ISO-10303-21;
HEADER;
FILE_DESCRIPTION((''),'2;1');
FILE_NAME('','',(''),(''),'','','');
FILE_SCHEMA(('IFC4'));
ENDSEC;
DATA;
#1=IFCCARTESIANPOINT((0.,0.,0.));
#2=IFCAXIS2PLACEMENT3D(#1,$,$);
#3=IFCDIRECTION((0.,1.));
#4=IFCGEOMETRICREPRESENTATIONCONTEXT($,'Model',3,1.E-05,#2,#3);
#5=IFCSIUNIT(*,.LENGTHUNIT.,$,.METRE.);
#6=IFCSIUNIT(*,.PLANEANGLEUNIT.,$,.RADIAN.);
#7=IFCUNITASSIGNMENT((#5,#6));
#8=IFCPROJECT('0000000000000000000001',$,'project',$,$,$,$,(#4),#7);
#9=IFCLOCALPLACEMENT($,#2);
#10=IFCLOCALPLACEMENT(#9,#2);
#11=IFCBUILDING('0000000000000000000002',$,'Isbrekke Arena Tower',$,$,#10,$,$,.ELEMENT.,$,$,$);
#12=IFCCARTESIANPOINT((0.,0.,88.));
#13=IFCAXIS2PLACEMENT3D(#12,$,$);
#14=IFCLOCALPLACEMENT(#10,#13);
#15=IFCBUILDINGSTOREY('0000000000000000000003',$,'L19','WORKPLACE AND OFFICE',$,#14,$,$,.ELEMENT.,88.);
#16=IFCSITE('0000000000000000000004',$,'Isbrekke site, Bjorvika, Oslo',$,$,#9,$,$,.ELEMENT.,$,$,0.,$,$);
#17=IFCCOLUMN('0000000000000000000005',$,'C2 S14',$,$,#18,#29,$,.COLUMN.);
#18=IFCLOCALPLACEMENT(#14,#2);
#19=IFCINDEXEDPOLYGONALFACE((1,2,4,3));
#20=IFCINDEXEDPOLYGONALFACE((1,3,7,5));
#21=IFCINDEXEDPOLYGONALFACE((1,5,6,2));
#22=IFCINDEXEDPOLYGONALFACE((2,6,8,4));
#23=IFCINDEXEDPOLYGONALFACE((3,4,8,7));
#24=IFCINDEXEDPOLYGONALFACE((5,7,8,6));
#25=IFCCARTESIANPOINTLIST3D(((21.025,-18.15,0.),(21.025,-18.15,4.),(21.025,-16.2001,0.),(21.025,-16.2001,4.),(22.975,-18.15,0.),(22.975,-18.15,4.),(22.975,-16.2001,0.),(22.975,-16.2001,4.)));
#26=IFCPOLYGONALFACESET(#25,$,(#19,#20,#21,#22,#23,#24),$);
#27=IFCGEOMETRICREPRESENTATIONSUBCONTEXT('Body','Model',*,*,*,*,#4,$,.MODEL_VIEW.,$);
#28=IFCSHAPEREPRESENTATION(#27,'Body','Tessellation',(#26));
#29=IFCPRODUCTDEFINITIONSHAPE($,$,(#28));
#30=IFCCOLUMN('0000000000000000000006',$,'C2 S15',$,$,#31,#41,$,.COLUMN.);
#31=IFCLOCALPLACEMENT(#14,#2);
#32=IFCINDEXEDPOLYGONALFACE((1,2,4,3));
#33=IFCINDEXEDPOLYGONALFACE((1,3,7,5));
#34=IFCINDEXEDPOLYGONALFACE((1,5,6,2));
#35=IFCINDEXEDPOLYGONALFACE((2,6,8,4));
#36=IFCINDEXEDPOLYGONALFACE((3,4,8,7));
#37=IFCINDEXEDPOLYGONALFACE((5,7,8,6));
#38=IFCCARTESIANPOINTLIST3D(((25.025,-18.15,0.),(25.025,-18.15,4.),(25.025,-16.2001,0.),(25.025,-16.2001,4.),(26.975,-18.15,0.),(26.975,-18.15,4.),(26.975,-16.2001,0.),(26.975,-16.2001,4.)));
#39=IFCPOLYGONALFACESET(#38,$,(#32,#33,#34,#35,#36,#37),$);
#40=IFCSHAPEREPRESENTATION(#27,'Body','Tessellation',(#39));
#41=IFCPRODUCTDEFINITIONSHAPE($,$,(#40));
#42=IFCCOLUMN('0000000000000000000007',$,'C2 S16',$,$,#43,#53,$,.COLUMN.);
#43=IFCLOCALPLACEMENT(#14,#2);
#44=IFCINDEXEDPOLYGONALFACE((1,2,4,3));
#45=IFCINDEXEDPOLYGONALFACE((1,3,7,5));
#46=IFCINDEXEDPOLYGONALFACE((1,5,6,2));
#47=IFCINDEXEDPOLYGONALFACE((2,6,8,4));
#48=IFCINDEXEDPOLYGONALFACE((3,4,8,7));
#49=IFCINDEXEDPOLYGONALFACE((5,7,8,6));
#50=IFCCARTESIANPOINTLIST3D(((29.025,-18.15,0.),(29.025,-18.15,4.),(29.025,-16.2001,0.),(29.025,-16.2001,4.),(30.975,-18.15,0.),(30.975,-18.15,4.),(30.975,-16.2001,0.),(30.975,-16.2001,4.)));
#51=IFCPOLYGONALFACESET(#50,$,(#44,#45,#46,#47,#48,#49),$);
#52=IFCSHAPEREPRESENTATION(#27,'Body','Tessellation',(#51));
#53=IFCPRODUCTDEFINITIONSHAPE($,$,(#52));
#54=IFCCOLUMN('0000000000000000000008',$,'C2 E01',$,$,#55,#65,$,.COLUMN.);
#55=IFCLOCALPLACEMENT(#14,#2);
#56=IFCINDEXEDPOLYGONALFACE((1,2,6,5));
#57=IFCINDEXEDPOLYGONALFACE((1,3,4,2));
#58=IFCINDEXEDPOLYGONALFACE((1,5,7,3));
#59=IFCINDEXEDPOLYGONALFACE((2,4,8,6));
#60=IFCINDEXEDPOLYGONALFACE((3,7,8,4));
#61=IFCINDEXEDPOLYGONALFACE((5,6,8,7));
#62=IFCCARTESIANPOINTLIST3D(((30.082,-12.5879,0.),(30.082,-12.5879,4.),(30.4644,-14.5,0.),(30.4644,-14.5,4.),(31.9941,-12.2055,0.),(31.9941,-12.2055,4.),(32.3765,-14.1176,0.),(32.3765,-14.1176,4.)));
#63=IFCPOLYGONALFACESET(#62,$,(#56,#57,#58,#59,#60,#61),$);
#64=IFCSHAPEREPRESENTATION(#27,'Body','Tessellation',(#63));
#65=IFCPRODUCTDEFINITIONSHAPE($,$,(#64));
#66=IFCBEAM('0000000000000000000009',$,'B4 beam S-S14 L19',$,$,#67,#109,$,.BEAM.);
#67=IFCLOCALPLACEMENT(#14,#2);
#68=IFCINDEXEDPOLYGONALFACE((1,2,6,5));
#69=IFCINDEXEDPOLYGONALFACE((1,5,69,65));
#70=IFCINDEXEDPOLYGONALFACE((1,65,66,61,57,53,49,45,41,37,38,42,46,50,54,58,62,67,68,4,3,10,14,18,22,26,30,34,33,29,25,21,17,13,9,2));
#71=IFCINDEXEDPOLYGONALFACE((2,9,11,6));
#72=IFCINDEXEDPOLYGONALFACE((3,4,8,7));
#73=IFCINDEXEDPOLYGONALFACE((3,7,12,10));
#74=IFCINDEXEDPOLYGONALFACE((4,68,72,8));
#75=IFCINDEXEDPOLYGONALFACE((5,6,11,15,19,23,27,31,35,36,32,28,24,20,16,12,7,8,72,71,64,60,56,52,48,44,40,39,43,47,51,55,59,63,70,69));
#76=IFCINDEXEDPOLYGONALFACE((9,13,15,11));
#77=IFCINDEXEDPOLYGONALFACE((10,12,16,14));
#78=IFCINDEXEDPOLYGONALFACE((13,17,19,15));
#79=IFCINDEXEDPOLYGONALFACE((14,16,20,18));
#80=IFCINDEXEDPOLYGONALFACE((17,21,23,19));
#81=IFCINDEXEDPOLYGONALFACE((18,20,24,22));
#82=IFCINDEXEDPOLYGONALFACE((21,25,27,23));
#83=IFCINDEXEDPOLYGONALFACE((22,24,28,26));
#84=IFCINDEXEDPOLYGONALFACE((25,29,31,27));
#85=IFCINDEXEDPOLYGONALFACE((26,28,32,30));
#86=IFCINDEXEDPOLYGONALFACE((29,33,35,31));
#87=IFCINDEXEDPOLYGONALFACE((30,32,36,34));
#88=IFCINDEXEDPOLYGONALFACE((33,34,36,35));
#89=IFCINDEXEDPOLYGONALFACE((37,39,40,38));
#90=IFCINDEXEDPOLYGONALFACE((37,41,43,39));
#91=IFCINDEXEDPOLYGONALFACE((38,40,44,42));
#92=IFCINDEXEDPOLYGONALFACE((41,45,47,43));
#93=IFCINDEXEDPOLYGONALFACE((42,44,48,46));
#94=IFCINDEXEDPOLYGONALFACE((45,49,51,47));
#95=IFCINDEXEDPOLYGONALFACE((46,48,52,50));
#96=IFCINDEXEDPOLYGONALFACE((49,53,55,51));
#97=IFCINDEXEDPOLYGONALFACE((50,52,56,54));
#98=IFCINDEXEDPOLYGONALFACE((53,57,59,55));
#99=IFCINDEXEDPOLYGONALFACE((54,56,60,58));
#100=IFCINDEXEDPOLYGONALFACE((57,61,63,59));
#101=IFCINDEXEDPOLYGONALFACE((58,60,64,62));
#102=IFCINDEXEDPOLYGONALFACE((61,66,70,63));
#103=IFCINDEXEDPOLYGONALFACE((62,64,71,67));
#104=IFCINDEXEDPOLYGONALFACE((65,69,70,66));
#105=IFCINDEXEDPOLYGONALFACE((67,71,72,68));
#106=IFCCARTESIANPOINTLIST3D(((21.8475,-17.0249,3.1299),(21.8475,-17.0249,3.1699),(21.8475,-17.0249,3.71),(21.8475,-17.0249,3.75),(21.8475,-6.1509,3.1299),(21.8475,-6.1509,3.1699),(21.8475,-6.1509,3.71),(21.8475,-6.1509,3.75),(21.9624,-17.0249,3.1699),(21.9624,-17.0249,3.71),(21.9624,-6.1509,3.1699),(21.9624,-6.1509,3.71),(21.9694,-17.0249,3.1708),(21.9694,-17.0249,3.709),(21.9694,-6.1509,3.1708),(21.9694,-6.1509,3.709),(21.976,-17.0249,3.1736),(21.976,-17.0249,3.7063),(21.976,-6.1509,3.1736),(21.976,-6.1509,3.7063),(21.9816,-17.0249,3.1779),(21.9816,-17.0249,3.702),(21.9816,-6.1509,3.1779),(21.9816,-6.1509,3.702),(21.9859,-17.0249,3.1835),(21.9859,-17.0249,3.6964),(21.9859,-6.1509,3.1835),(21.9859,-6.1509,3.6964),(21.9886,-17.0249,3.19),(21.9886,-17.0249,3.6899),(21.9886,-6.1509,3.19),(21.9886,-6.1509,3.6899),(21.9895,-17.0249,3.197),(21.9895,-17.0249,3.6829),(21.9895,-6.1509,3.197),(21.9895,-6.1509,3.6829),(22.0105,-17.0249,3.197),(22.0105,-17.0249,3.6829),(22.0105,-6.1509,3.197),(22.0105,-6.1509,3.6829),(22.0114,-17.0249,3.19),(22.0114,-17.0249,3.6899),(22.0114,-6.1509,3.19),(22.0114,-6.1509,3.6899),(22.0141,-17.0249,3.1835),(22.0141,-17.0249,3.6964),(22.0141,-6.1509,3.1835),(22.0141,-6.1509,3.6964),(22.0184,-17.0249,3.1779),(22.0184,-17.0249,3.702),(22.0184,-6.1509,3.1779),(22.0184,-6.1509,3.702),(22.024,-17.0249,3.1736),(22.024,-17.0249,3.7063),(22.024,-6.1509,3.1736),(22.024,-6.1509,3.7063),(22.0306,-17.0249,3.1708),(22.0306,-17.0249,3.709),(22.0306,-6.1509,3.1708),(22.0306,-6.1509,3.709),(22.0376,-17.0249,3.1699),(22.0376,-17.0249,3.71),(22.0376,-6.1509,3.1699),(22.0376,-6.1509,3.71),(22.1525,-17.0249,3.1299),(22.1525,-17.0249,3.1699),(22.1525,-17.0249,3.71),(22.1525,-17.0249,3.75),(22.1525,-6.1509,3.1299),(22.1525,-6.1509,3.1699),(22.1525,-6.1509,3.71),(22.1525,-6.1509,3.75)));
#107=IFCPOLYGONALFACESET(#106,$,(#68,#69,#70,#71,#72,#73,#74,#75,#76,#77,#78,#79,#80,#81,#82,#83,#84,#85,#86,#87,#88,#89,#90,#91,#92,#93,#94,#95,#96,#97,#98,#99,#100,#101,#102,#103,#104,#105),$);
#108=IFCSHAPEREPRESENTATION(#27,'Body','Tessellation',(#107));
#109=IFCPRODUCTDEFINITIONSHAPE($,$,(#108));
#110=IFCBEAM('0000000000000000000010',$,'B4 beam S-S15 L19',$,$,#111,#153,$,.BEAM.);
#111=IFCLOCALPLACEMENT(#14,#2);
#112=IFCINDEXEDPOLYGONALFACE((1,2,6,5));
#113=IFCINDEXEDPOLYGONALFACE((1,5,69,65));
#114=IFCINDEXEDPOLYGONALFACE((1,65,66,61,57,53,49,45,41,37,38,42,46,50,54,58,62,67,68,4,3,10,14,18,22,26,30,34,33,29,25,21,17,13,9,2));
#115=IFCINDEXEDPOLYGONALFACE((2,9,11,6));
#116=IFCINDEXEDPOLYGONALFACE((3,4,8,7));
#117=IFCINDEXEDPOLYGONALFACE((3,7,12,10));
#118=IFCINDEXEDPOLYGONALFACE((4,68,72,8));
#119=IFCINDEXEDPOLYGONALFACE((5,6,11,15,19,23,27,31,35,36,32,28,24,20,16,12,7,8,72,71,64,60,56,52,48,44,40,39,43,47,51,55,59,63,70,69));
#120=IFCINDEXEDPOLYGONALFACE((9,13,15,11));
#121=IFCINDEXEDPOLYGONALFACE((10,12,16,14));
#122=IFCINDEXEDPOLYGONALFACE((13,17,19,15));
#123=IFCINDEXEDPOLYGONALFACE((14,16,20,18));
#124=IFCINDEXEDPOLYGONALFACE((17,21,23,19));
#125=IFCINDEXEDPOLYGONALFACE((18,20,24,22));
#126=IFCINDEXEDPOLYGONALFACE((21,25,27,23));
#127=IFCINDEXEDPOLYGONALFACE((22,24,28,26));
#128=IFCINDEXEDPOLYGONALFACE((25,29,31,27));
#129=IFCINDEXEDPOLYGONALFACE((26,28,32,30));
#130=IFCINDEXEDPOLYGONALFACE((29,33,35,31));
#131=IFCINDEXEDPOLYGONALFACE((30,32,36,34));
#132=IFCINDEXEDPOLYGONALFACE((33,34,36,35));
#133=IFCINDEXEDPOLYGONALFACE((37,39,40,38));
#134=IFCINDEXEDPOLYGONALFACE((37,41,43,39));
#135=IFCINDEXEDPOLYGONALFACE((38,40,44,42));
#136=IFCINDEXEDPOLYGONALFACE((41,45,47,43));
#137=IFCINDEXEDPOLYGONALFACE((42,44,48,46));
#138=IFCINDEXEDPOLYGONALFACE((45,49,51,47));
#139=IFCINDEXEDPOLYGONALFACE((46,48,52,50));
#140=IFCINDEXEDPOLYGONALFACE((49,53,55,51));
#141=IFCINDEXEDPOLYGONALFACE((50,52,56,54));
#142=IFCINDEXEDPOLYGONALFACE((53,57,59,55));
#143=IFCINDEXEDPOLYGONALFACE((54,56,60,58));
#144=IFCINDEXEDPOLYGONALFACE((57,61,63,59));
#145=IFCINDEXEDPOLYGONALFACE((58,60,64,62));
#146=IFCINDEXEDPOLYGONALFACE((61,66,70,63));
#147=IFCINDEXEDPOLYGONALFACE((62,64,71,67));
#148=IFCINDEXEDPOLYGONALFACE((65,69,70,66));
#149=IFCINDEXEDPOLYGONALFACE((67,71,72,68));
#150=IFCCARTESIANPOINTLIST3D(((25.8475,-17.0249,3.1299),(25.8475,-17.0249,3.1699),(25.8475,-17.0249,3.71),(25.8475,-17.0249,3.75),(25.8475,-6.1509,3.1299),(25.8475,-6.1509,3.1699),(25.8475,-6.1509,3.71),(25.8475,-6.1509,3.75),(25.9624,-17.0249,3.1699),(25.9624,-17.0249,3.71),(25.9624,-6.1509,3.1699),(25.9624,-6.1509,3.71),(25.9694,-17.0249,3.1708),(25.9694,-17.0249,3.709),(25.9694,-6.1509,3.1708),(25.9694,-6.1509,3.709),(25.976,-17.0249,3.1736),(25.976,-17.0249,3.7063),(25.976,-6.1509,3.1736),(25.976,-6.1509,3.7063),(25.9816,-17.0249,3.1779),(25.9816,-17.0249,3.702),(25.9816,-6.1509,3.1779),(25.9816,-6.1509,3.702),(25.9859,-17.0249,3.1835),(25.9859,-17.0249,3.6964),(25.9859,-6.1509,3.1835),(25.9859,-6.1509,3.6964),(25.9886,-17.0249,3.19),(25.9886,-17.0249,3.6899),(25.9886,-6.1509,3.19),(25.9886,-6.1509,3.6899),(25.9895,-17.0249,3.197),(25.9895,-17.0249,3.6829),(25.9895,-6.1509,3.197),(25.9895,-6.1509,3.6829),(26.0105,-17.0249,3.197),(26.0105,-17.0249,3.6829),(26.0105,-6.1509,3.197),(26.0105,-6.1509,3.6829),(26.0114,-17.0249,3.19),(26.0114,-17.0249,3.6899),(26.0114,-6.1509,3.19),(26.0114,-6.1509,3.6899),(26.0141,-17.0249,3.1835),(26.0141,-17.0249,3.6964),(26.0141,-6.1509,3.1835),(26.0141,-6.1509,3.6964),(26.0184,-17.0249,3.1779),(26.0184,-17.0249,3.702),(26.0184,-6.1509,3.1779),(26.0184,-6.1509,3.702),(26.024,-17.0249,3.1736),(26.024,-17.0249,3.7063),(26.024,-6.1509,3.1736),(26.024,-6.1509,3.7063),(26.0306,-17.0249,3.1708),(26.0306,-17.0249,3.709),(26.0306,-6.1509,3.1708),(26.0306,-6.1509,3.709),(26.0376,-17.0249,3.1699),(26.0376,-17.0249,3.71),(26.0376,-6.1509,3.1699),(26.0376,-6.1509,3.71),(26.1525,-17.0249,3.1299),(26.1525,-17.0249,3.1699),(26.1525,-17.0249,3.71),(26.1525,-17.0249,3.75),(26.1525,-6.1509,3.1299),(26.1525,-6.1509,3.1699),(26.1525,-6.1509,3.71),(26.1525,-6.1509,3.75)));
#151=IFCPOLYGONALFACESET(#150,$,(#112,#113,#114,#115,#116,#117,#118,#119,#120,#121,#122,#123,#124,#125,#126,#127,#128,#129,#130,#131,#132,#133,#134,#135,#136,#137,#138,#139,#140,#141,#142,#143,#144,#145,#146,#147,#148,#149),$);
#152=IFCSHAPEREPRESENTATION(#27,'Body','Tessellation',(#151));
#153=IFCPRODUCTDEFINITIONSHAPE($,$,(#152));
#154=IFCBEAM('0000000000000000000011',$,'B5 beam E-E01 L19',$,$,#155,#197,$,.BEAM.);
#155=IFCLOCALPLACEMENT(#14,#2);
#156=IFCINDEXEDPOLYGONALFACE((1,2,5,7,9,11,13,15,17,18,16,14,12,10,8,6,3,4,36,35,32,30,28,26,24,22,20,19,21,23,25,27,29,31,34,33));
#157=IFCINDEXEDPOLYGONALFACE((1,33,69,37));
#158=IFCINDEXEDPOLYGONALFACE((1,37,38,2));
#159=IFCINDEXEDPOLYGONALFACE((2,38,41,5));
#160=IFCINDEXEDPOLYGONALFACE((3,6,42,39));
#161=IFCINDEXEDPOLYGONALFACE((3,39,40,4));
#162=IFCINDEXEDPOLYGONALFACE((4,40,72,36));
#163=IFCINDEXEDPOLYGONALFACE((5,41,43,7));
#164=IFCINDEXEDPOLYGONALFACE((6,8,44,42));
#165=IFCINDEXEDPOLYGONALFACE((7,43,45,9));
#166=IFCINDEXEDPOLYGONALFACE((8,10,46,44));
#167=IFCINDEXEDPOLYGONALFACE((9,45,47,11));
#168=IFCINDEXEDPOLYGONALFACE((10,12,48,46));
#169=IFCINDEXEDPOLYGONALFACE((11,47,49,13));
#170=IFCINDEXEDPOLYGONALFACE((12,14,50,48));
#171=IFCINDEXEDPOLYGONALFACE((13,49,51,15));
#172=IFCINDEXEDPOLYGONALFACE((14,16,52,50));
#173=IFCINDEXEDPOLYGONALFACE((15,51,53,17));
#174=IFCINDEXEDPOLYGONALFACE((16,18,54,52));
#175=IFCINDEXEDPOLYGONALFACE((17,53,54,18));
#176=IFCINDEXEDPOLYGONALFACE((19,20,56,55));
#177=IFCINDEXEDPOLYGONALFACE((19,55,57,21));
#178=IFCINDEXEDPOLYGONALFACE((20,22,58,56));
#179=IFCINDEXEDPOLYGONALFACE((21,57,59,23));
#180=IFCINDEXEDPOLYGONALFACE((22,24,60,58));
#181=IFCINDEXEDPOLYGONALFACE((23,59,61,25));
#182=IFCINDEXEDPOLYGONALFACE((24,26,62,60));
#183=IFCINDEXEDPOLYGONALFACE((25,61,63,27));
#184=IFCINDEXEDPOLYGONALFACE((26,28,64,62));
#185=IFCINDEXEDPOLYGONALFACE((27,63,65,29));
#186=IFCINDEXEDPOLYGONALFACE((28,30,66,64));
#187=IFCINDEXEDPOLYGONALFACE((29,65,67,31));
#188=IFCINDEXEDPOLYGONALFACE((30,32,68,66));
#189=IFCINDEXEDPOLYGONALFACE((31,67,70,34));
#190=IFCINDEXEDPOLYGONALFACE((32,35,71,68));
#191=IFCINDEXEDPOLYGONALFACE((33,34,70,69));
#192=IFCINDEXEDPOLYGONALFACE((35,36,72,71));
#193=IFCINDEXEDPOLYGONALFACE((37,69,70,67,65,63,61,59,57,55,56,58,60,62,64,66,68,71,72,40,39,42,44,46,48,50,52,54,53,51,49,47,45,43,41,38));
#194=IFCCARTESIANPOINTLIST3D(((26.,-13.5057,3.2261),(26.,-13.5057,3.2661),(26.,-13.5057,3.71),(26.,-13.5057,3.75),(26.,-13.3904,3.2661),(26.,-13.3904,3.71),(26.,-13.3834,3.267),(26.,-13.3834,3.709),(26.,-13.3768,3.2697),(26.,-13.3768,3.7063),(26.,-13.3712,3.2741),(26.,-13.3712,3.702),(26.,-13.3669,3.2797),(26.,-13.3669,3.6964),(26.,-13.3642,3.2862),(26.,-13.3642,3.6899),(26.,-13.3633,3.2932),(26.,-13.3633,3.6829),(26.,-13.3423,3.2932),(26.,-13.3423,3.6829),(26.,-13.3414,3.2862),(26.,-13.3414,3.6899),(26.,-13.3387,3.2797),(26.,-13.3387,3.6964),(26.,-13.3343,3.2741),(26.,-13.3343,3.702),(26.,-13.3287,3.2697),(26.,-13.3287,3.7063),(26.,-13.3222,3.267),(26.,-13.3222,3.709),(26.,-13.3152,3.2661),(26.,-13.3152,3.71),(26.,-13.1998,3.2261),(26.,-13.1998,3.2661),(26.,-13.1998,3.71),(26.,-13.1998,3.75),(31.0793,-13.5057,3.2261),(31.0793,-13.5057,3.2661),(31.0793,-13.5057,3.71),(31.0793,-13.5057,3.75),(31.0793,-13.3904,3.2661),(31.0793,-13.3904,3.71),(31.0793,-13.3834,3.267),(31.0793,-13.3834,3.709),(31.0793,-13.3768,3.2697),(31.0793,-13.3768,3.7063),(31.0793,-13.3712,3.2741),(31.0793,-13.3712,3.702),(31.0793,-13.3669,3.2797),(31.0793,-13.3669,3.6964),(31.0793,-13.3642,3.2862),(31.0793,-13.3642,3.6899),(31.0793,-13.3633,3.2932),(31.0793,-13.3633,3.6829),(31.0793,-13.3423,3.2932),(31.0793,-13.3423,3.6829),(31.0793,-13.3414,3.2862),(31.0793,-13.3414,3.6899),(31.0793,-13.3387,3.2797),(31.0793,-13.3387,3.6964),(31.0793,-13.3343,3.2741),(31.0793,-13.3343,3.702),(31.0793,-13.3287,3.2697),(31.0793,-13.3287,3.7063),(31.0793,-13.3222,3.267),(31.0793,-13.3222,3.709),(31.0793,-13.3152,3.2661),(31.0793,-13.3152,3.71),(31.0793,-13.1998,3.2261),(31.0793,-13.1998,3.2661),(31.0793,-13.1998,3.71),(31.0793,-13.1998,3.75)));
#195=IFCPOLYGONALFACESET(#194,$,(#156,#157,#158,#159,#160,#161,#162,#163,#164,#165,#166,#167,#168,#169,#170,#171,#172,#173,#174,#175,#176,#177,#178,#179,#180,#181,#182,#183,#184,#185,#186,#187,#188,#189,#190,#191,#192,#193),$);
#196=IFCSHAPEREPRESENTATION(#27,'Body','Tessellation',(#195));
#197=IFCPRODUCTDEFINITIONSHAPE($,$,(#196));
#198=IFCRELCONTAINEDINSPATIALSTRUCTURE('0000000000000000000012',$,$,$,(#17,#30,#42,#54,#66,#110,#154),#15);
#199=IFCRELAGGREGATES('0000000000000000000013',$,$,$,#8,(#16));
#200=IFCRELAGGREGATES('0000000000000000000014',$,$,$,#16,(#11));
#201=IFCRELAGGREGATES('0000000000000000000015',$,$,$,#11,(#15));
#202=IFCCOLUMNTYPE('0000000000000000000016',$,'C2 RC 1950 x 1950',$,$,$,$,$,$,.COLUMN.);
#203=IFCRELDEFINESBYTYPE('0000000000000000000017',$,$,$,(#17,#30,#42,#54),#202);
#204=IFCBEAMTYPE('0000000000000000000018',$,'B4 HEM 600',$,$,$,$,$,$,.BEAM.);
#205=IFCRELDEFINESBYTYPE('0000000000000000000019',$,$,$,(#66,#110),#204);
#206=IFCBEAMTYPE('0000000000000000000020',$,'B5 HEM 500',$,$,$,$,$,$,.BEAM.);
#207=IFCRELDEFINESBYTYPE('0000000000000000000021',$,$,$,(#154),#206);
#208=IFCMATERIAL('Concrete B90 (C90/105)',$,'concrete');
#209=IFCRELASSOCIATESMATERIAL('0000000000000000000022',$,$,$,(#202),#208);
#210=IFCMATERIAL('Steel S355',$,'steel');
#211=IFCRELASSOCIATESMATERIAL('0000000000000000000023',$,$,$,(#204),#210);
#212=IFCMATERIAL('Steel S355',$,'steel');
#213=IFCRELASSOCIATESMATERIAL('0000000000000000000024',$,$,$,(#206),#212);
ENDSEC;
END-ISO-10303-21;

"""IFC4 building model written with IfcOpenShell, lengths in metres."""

from ifc_helpers import new_model, si_unit, direction, frame, origin, origin_2d, place, context, subcontext, project, spatial, rectangle, i_section, extrude, material, material_profile, profile_set, type_object, element, save


model = new_model("IFC4")

# Units and contexts
model_context = context("Model", 3, precision=1e-05, world=origin(), true_north=direction((0.0, 1.0)))
body_context = subcontext(model_context, "Body", "Model", "MODEL_VIEW")
ifc_project = project(units=[si_unit("LENGTHUNIT", "METRE"), si_unit("PLANEANGLEUNIT", "RADIAN")], contexts=[model_context])

# Site, building, storey
site_placement = place(None, origin())
site = spatial("IfcSite", under=ifc_project, at=site_placement, Name="Isbrekke site, Bjorvika, Oslo", CompositionType="ELEMENT", RefElevation=0.0)
building_placement = place(site_placement, origin())
building = spatial("IfcBuilding", under=site, at=building_placement, Name="Isbrekke Arena Tower", CompositionType="ELEMENT")
storey_placement = place(building_placement, frame((0.0, 0.0, 88.0)))
storey = spatial("IfcBuildingStorey", under=building, at=storey_placement, Name="L19", Description="WORKPLACE AND OFFICE", CompositionType="ELEMENT", Elevation=88.0)

# Columns
ifc_material_1 = material(Name="Concrete B90 (C90/105)", Category="concrete")
ifc_material_profile_1 = material_profile(ifc_material_1, rectangle(XDim=1.95, YDim=1.95, at=origin_2d()), Name="RC 1950x1950")
ifc_profile_set_1 = profile_set([ifc_material_profile_1], Name="Concrete B90 (C90/105)")
column_type = type_object("IfcColumnType", Name="C2 RC 1950 x 1950", PredefinedType="COLUMN", material=ifc_profile_set_1)
for number, where, z_axis, x_axis, name in (
    (1, (22.0, -17.175, 0.0), (0.0, 0.0, 1.0), (1.0, 0.0, 0.0), "C2 S14"),
    (2, (26.0, -17.175, 0.0), (0.0, 0.0, 1.0), (1.0, 0.0, 0.0), "C2 S15"),
    (3, (30.0, -17.175, 0.0), (0.0, 0.0, 1.0), (1.0, 0.0, 0.0), "C2 S16"),
    (4, (31.2292, -13.3528, 0.0), (0.0, 0.0, 1.0), (-0.196116, 0.980581, 0.0), "C2 E01"),
):
    element("IfcColumn", number, at=place(storey_placement, frame(where, z_axis=z_axis, x_axis=x_axis)), inside=storey, type_object=column_type, Name=name, PredefinedType="COLUMN", context=body_context, shape_type="SweptSolid", body=[
        extrude(rectangle(XDim=1.95, YDim=1.95, at=origin_2d()), origin(), (0.0, 0.0, 1.0), 4.0),
    ])

# Beams
ifc_material_2 = material(Name="Steel S355", Category="steel")
ifc_material_profile_2 = material_profile(ifc_material_2, i_section(OverallWidth=0.3049, OverallDepth=0.6201, WebThickness=0.021, FlangeThickness=0.04, FilletRadius=0.0271, at=origin_2d()), Name="HEM 600")
ifc_profile_set_2 = profile_set([ifc_material_profile_2], Name="Steel S355")
beam_type_1 = type_object("IfcBeamType", Name="B4 HEM 600", PredefinedType="BEAM", material=ifc_profile_set_2)
for number, where, z_axis, x_axis, name in (
    (5, (22.0, -17.0249, 3.4399), (0.0, 1.0, 0.0), (-1.0, 0.0, 0.0), "B4 beam S-S14 L19"),
    (6, (26.0, -17.0249, 3.4399), (0.0, 1.0, 0.0), (-1.0, 0.0, 0.0), "B4 beam S-S15 L19"),
):
    element("IfcBeam", number, at=place(storey_placement, frame(where, z_axis=z_axis, x_axis=x_axis)), inside=storey, type_object=beam_type_1, Name=name, PredefinedType="BEAM", context=body_context, shape_type="SweptSolid", body=[
        extrude(i_section(OverallWidth=0.3049, OverallDepth=0.6201, WebThickness=0.021, FlangeThickness=0.04, FilletRadius=0.0271, at=origin_2d()), origin(), (0.0, 0.0, 1.0), 10.874),
    ])
ifc_material_3 = material(Name="Steel S355", Category="steel")
ifc_material_profile_3 = material_profile(ifc_material_3, i_section(OverallWidth=0.3059, OverallDepth=0.5239, WebThickness=0.021, FlangeThickness=0.04, FilletRadius=0.0271, at=origin_2d()), Name="HEM 500")
ifc_profile_set_3 = profile_set([ifc_material_profile_3], Name="Steel S355")
beam_type_2 = type_object("IfcBeamType", Name="B5 HEM 500", PredefinedType="BEAM", material=ifc_profile_set_3)
beam_1_placement = place(storey_placement, frame((31.0793, -13.3528, 3.488), z_axis=(-1.0, 0.0, 0.0), x_axis=(0.0, -1.0, 0.0)))
element("IfcBeam", 7, at=beam_1_placement, inside=storey, type_object=beam_type_2, Name="B5 beam E-E01 L19", PredefinedType="BEAM", context=body_context, shape_type="SweptSolid", body=[
    extrude(i_section(OverallWidth=0.3059, OverallDepth=0.5239, WebThickness=0.021, FlangeThickness=0.04, FilletRadius=0.0271, at=origin_2d()), origin(), (0.0, 0.0, 1.0), 5.0793),
])

save(model, "model.ifc")
